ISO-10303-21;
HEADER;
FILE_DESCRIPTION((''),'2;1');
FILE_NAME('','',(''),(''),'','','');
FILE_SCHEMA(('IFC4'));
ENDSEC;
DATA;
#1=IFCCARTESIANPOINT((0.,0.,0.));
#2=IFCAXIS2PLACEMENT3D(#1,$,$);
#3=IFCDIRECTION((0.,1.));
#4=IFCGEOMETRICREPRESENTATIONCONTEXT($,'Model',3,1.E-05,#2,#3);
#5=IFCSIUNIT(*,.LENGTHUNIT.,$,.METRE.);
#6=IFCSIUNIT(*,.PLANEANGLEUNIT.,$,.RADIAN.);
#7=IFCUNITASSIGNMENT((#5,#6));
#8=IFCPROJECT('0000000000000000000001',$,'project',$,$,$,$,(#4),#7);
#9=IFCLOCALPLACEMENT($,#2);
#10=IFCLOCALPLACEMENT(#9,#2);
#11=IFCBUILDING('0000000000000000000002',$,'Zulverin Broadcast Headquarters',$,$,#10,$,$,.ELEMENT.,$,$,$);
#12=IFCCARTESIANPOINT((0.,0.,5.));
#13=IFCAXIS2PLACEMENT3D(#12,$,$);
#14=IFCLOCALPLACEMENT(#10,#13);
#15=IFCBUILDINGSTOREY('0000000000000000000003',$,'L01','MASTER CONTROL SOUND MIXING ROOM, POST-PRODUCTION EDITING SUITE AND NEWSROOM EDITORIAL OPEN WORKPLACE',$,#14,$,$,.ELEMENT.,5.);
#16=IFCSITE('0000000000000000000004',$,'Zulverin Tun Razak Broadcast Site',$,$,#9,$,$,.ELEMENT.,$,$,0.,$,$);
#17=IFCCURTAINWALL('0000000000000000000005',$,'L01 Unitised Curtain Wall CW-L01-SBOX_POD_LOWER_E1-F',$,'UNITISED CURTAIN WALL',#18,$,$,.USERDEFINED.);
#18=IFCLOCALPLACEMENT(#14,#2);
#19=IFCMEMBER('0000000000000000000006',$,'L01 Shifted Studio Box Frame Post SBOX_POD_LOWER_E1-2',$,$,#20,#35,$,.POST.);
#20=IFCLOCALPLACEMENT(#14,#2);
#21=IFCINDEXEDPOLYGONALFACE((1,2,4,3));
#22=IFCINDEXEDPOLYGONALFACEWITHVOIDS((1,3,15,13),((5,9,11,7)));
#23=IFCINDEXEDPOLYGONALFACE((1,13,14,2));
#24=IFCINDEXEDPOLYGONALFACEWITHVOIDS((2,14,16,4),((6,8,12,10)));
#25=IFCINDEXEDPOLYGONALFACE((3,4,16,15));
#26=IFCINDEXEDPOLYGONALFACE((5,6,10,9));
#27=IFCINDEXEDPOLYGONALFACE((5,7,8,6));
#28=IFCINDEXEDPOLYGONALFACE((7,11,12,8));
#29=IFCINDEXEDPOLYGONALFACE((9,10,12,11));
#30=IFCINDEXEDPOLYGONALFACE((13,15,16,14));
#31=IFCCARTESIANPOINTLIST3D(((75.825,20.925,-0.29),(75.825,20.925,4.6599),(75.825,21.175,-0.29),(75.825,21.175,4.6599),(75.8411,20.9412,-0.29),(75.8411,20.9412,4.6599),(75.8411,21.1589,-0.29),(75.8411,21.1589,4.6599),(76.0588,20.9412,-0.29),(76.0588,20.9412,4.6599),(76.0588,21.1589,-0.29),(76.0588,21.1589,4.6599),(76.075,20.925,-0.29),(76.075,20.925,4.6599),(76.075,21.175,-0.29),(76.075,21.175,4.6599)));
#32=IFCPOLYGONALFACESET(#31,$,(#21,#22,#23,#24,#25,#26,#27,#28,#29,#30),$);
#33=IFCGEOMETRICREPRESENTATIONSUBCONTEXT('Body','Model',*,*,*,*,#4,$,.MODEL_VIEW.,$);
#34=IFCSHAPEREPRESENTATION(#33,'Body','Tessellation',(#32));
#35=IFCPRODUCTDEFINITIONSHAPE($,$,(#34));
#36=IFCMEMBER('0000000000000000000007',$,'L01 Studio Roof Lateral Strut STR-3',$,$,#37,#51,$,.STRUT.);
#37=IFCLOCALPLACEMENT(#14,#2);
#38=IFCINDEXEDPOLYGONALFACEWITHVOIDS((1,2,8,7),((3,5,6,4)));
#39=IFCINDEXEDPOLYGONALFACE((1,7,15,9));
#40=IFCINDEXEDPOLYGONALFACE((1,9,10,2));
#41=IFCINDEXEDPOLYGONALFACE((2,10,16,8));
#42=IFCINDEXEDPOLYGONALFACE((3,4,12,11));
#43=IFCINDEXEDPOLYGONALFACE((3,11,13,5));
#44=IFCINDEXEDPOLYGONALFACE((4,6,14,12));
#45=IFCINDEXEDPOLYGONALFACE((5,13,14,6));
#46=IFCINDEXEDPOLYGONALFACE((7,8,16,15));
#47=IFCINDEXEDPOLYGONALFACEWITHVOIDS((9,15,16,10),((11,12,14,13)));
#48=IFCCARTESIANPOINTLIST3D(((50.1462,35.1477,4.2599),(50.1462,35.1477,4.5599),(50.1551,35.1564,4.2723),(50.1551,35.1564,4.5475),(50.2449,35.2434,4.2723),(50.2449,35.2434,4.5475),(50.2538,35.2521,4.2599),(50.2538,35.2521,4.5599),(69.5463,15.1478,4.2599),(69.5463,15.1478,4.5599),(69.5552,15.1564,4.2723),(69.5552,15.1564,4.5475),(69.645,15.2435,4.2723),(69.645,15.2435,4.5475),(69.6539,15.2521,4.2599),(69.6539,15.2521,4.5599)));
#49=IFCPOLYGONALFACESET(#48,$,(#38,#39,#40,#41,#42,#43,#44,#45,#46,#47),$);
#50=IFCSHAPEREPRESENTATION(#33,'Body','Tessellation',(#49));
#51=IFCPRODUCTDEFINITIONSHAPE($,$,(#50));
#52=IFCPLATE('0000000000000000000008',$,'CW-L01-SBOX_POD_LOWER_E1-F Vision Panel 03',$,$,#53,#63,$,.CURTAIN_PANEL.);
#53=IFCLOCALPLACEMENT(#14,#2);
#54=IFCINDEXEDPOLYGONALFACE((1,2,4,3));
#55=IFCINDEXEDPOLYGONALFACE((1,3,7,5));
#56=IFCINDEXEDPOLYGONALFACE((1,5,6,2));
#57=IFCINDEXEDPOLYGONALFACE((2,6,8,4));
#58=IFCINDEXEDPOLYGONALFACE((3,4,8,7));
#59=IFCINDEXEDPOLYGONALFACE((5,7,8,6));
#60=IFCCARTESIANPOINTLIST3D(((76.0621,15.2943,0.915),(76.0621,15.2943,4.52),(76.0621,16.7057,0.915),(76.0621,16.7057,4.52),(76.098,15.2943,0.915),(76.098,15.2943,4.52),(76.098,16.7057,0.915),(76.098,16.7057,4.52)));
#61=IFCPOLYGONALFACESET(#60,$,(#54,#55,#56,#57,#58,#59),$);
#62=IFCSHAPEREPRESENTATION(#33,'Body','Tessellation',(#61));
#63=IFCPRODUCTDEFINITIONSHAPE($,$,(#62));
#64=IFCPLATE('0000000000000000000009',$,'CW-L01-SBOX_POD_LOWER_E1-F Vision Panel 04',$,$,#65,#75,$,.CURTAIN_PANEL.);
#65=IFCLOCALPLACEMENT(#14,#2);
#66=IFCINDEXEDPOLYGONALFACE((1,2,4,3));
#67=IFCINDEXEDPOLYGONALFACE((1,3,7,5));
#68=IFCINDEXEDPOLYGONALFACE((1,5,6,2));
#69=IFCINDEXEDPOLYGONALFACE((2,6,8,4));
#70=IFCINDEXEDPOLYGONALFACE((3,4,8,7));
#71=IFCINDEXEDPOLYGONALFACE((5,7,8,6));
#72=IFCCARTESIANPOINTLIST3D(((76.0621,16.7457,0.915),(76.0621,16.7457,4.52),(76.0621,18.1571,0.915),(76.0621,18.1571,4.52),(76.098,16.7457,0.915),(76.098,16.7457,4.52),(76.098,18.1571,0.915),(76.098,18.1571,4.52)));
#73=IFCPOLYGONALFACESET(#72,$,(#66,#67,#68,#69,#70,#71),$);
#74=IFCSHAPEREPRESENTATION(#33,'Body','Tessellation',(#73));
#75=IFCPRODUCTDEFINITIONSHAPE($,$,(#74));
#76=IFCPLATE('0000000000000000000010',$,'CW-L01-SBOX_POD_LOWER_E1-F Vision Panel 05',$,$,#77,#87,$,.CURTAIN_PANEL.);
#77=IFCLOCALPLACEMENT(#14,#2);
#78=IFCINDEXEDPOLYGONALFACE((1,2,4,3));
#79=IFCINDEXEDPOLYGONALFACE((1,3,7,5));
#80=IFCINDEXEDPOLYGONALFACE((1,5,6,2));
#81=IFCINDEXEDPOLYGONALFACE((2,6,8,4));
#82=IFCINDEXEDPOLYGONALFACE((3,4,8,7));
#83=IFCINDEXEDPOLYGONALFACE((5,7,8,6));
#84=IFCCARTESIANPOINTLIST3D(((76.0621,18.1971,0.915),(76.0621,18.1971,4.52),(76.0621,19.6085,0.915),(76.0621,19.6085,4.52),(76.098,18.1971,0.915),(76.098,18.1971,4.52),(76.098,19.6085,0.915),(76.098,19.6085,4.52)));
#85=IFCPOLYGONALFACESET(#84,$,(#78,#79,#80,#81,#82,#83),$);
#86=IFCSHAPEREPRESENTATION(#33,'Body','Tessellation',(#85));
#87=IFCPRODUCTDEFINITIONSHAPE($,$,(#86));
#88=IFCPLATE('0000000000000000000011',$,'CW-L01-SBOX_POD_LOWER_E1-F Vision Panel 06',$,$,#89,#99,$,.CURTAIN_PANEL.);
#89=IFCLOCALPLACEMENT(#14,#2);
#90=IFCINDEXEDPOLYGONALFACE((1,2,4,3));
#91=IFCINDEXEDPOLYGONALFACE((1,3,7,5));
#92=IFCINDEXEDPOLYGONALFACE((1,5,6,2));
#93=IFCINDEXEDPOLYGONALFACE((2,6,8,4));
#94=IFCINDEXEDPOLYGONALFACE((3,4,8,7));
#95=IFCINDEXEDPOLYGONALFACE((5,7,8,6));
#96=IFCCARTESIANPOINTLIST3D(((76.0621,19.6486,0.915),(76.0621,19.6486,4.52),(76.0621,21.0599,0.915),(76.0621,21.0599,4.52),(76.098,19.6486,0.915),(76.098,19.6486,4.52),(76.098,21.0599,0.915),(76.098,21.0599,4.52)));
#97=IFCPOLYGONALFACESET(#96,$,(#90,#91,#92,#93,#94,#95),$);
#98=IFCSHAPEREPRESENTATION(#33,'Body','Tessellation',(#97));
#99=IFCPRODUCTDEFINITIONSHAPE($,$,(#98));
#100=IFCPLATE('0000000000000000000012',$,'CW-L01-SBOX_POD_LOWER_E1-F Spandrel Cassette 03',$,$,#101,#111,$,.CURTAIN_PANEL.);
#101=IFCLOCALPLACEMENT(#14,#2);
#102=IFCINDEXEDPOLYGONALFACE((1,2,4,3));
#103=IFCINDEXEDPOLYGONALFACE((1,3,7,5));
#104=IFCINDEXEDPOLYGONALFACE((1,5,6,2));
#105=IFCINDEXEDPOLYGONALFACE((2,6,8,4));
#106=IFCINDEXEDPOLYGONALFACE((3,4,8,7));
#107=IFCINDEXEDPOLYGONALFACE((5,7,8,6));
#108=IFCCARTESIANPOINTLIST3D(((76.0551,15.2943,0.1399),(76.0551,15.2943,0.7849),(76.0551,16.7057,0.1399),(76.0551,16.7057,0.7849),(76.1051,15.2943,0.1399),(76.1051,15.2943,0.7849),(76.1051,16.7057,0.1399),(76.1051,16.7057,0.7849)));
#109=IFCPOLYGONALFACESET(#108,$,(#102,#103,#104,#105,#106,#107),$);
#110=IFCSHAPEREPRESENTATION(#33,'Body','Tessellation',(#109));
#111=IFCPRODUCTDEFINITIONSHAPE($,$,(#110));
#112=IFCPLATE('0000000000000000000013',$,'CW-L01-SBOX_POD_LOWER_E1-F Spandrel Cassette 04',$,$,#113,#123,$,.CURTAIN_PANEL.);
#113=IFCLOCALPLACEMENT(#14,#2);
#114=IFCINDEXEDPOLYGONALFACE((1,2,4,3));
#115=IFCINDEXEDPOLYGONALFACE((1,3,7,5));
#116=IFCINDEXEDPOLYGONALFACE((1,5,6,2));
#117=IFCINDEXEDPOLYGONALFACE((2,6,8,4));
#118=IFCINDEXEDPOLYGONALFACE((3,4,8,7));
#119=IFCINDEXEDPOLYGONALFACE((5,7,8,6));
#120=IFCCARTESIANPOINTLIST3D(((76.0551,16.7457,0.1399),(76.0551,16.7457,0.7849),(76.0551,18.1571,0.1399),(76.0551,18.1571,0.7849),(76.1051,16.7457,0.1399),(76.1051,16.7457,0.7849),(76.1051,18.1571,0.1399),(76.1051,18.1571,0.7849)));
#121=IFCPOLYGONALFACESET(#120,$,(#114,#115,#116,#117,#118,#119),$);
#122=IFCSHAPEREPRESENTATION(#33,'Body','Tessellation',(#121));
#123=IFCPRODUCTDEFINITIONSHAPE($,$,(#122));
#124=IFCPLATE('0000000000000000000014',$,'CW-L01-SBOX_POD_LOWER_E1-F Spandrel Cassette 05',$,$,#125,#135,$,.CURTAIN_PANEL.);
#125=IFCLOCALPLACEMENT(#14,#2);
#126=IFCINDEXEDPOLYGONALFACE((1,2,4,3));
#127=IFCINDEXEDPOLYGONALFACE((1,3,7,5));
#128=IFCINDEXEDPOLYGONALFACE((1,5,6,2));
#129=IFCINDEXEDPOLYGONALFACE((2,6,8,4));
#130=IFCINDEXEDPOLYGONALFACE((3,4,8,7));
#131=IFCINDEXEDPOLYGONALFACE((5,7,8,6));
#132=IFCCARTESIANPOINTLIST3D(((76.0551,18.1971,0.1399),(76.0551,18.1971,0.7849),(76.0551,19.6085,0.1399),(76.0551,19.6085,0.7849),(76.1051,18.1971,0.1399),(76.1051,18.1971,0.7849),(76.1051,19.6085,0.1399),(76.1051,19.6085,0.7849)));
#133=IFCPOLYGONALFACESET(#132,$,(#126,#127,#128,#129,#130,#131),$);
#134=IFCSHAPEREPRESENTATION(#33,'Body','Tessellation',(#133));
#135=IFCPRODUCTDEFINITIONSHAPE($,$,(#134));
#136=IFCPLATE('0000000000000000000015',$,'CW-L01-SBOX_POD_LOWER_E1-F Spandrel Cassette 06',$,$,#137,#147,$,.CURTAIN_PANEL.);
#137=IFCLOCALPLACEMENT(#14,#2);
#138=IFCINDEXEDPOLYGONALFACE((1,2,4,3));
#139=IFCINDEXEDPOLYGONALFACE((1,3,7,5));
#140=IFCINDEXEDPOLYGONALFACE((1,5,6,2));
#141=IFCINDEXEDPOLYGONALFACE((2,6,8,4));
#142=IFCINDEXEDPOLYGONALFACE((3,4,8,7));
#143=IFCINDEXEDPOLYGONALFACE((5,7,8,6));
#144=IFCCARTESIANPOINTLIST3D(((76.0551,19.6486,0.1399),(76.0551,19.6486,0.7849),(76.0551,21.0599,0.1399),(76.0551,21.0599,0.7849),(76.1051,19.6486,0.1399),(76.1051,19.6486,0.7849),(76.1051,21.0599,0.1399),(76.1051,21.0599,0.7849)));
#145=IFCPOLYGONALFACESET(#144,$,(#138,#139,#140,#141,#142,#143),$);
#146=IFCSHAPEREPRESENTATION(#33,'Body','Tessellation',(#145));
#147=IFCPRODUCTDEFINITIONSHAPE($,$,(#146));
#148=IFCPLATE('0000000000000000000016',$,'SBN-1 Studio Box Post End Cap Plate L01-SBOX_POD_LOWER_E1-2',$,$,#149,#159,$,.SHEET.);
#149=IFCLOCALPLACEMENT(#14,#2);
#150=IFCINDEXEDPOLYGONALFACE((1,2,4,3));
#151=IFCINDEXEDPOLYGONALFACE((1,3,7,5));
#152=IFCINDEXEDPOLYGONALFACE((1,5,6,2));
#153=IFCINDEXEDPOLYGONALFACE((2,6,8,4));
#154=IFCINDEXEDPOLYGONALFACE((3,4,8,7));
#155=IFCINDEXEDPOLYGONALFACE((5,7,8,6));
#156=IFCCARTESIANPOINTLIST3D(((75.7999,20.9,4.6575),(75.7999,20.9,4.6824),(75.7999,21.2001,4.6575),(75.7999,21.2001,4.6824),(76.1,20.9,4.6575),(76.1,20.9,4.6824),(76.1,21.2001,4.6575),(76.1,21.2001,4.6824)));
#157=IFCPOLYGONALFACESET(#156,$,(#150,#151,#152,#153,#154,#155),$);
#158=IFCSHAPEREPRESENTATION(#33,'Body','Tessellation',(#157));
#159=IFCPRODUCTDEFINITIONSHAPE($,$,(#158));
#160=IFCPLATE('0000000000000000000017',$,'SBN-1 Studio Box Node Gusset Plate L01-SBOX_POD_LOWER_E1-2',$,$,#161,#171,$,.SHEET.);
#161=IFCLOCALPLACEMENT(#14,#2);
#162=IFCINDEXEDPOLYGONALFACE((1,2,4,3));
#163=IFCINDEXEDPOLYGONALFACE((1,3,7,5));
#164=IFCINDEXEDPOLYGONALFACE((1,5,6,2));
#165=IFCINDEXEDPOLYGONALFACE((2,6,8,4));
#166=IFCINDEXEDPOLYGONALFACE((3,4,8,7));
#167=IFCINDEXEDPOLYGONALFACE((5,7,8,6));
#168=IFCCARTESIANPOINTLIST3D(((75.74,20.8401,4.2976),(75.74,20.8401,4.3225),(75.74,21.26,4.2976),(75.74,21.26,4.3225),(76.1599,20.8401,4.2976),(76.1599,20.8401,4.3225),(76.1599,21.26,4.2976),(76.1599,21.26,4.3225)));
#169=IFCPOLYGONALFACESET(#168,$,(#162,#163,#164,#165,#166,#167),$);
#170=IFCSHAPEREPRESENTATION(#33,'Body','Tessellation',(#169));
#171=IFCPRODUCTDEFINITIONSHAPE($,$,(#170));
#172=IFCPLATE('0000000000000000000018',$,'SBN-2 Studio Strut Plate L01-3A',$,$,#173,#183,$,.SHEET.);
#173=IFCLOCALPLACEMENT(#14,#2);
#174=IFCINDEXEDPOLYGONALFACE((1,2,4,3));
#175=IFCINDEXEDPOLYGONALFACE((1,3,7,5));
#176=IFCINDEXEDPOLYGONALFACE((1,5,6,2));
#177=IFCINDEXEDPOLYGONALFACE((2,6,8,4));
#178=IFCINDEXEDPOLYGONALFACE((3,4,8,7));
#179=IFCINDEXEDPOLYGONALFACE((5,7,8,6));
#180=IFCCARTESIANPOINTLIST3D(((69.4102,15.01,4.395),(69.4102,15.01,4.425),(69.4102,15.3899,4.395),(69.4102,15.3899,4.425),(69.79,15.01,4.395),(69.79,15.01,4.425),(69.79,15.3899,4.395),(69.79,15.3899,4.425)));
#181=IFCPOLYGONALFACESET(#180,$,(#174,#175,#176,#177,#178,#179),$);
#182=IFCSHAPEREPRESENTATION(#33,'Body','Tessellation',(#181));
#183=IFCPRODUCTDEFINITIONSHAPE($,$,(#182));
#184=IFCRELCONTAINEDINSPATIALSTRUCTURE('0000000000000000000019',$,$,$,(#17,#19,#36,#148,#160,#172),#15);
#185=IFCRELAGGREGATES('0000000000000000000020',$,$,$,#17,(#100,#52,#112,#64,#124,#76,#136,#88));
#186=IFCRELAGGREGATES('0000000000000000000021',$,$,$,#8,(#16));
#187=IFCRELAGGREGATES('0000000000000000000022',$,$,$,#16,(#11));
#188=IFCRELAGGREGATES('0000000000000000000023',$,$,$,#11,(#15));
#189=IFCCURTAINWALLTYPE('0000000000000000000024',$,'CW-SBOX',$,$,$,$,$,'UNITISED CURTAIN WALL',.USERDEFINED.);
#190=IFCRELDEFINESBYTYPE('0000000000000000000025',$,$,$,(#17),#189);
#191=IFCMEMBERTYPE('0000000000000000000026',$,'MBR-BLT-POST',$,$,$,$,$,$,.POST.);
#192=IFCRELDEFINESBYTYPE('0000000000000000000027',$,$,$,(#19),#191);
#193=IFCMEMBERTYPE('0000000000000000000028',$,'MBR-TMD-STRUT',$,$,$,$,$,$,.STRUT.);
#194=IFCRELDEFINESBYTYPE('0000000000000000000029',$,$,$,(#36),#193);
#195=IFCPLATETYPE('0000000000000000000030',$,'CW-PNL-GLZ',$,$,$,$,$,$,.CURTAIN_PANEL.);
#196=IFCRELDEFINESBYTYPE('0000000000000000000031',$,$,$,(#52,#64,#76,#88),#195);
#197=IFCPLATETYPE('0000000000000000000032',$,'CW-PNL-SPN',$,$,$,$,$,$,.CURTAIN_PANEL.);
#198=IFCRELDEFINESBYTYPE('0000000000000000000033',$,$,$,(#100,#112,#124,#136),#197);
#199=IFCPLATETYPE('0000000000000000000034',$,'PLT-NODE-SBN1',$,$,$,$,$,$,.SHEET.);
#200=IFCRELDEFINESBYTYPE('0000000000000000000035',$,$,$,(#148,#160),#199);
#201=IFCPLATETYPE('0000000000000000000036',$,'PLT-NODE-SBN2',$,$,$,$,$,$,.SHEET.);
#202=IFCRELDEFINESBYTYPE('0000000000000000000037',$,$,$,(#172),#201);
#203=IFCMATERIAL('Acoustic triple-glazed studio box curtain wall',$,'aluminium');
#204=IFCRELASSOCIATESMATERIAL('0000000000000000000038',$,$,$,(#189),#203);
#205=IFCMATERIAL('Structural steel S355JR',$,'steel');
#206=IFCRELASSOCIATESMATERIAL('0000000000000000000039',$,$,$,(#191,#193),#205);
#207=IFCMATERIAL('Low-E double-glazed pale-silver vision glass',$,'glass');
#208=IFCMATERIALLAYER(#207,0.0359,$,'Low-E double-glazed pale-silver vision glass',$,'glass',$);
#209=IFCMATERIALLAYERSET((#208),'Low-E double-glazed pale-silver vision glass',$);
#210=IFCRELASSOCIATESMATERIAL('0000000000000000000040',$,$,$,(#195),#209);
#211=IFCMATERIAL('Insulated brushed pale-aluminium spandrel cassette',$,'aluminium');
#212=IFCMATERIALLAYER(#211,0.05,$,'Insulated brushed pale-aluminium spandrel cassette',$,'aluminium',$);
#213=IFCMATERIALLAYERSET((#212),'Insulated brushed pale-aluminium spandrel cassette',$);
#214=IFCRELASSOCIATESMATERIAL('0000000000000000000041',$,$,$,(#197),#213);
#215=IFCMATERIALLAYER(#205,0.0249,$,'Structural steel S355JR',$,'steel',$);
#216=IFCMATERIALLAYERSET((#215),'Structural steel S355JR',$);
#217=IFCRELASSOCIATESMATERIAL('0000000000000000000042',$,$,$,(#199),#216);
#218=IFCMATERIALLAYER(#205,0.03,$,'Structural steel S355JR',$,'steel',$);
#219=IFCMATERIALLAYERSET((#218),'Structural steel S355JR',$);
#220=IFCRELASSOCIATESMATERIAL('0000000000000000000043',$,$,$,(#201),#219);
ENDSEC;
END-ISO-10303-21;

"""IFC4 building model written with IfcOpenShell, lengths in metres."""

from ifc_helpers import new_model, si_unit, direction, frame, origin, origin_2d, place, context, subcontext, project, spatial, rectangle, hollow_rectangle, extrude, material, layer, layer_set, material_profile, profile_set, type_object, element, aggregate, save


model = new_model("IFC4")

# Units and contexts
model_context = context("Model", 3, precision=1e-05, world=origin(), true_north=direction((0.0, 1.0)))
body_context = subcontext(model_context, "Body", "Model", "MODEL_VIEW")
ifc_project = project(units=[si_unit("LENGTHUNIT", "METRE"), si_unit("PLANEANGLEUNIT", "RADIAN")], contexts=[model_context])

# Site, building, storey
site_placement = place(None, origin())
site = spatial("IfcSite", under=ifc_project, at=site_placement, Name="Zulverin Tun Razak Broadcast Site", CompositionType="ELEMENT", RefElevation=0.0)
building_placement = place(site_placement, origin())
building = spatial("IfcBuilding", under=site, at=building_placement, Name="Zulverin Broadcast Headquarters", CompositionType="ELEMENT")
storey_placement = place(building_placement, frame((0.0, 0.0, 5.0)))
storey = spatial("IfcBuildingStorey", under=building, at=storey_placement, Name="L01", Description="MASTER CONTROL SOUND MIXING ROOM, POST-PRODUCTION EDITING SUITE AND NEWSROOM EDITORIAL OPEN WORKPLACE", CompositionType="ELEMENT", Elevation=5.0)

# Shared definitions
ifc_material_1 = material(Name="Structural steel S355JR", Category="steel")

# Curtain wall
ifc_material_2 = material(Name="Acoustic triple-glazed studio box curtain wall", Category="aluminium")
curtain_wall_type = type_object("IfcCurtainWallType", Name="CW-SBOX", ElementType="UNITISED CURTAIN WALL", PredefinedType="USERDEFINED", material=ifc_material_2)
curtain_wall_placement = place(storey_placement, origin())
curtain_wall = element("IfcCurtainWall", 1, at=curtain_wall_placement, inside=storey, type_object=curtain_wall_type, Name="L01 Unitised Curtain Wall CW-L01-SBOX_POD_LOWER_E1-F", ObjectType="UNITISED CURTAIN WALL", PredefinedType="USERDEFINED")

# Members
ifc_material_profile_1 = material_profile(ifc_material_1, hollow_rectangle(XDim=0.25, YDim=0.25, WallThickness=0.0161, at=origin_2d()), Name="Structural steel S355JR", Category="steel")
ifc_profile_set_1 = profile_set([ifc_material_profile_1], Name="Structural steel S355JR")
member_type_1 = type_object("IfcMemberType", Name="MBR-BLT-POST", PredefinedType="POST", material=ifc_profile_set_1)
member_1_placement = place(storey_placement, frame((75.95, 21.05, -0.29), z_axis=(0.0, 0.0, 1.0), x_axis=(1.0, 0.0, 0.0)))
element("IfcMember", 2, at=member_1_placement, inside=storey, type_object=member_type_1, Name="L01 Shifted Studio Box Frame Post SBOX_POD_LOWER_E1-2", PredefinedType="POST", context=body_context, shape_type="SweptSolid", body=[
    extrude(hollow_rectangle(XDim=0.25, YDim=0.25, WallThickness=0.0161, at=origin_2d()), origin(), (0.0, 0.0, 1.0), 4.95),
])
ifc_material_profile_2 = material_profile(ifc_material_1, hollow_rectangle(XDim=0.1499, YDim=0.3, WallThickness=0.0125, at=origin_2d()), Name="Structural steel S355JR", Category="steel")
ifc_profile_set_2 = profile_set([ifc_material_profile_2], Name="Structural steel S355JR")
member_type_2 = type_object("IfcMemberType", Name="MBR-TMD-STRUT", PredefinedType="STRUT", material=ifc_profile_set_2)
member_2_placement = place(storey_placement, frame((69.6001, 15.2, 4.4099), z_axis=(-0.696261, 0.717789, 0.0), x_axis=(-0.717789, -0.696261, 0.0)))
element("IfcMember", 3, at=member_2_placement, inside=storey, type_object=member_type_2, Name="L01 Studio Roof Lateral Strut STR-3", PredefinedType="STRUT", context=body_context, shape_type="SweptSolid", body=[
    extrude(hollow_rectangle(XDim=0.1499, YDim=0.3, WallThickness=0.0125, at=origin_2d()), origin(), (0.0, 0.0, 1.0), 27.8633),
])

# Plates
ifc_material_3 = material(Name="Low-E double-glazed pale-silver vision glass", Category="glass")
ifc_layer_1 = layer(ifc_material_3, 0.0359, Name="Low-E double-glazed pale-silver vision glass", Category="glass")
ifc_layer_set_1 = layer_set([ifc_layer_1], Name="Low-E double-glazed pale-silver vision glass")
plate_type_1 = type_object("IfcPlateType", Name="CW-PNL-GLZ", PredefinedType="CURTAIN_PANEL", material=ifc_layer_set_1)
plate_1_placement = place(storey_placement, frame((76.0801, 16.0, 0.915), z_axis=(0.0, 0.0, 1.0), x_axis=(0.0, 1.0, 0.0)))
plate_1 = element("IfcPlate", 4, at=plate_1_placement, type_object=plate_type_1, Name="CW-L01-SBOX_POD_LOWER_E1-F Vision Panel 03", PredefinedType="CURTAIN_PANEL", context=body_context, shape_type="SweptSolid", body=[
    extrude(rectangle(XDim=1.4114, YDim=0.0359, at=origin_2d()), origin(), (0.0, 0.0, 1.0), 3.605),
])
plate_2_placement = place(storey_placement, frame((76.0801, 17.4514, 0.915), z_axis=(0.0, 0.0, 1.0), x_axis=(0.0, 1.0, 0.0)))
plate_2 = element("IfcPlate", 5, at=plate_2_placement, type_object=plate_type_1, Name="CW-L01-SBOX_POD_LOWER_E1-F Vision Panel 04", PredefinedType="CURTAIN_PANEL", context=body_context, shape_type="SweptSolid", body=[
    extrude(rectangle(XDim=1.4114, YDim=0.0359, at=origin_2d()), origin(), (0.0, 0.0, 1.0), 3.605),
])
plate_3_placement = place(storey_placement, frame((76.0801, 18.9028, 0.915), z_axis=(0.0, 0.0, 1.0), x_axis=(0.0, 1.0, 0.0)))
plate_3 = element("IfcPlate", 6, at=plate_3_placement, type_object=plate_type_1, Name="CW-L01-SBOX_POD_LOWER_E1-F Vision Panel 05", PredefinedType="CURTAIN_PANEL", context=body_context, shape_type="SweptSolid", body=[
    extrude(rectangle(XDim=1.4114, YDim=0.0359, at=origin_2d()), origin(), (0.0, 0.0, 1.0), 3.605),
])
plate_4_placement = place(storey_placement, frame((76.0801, 20.3542, 0.915), z_axis=(0.0, 0.0, 1.0), x_axis=(0.0, 1.0, 0.0)))
plate_4 = element("IfcPlate", 7, at=plate_4_placement, type_object=plate_type_1, Name="CW-L01-SBOX_POD_LOWER_E1-F Vision Panel 06", PredefinedType="CURTAIN_PANEL", context=body_context, shape_type="SweptSolid", body=[
    extrude(rectangle(XDim=1.4114, YDim=0.0359, at=origin_2d()), origin(), (0.0, 0.0, 1.0), 3.605),
])
ifc_material_4 = material(Name="Insulated brushed pale-aluminium spandrel cassette", Category="aluminium")
ifc_layer_2 = layer(ifc_material_4, 0.05, Name="Insulated brushed pale-aluminium spandrel cassette", Category="aluminium")
ifc_layer_set_2 = layer_set([ifc_layer_2], Name="Insulated brushed pale-aluminium spandrel cassette")
plate_type_2 = type_object("IfcPlateType", Name="CW-PNL-SPN", PredefinedType="CURTAIN_PANEL", material=ifc_layer_set_2)
plate_5_placement = place(storey_placement, frame((76.0801, 16.0, 0.1399), z_axis=(0.0, 0.0, 1.0), x_axis=(0.0, 1.0, 0.0)))
plate_5 = element("IfcPlate", 8, at=plate_5_placement, type_object=plate_type_2, Name="CW-L01-SBOX_POD_LOWER_E1-F Spandrel Cassette 03", PredefinedType="CURTAIN_PANEL", context=body_context, shape_type="SweptSolid", body=[
    extrude(rectangle(XDim=1.4114, YDim=0.05, at=origin_2d()), origin(), (0.0, 0.0, 1.0), 0.645),
])
plate_6_placement = place(storey_placement, frame((76.0801, 17.4514, 0.1399), z_axis=(0.0, 0.0, 1.0), x_axis=(0.0, 1.0, 0.0)))
plate_6 = element("IfcPlate", 9, at=plate_6_placement, type_object=plate_type_2, Name="CW-L01-SBOX_POD_LOWER_E1-F Spandrel Cassette 04", PredefinedType="CURTAIN_PANEL", context=body_context, shape_type="SweptSolid", body=[
    extrude(rectangle(XDim=1.4114, YDim=0.05, at=origin_2d()), origin(), (0.0, 0.0, 1.0), 0.645),
])
plate_7_placement = place(storey_placement, frame((76.0801, 18.9028, 0.1399), z_axis=(0.0, 0.0, 1.0), x_axis=(0.0, 1.0, 0.0)))
plate_7 = element("IfcPlate", 10, at=plate_7_placement, type_object=plate_type_2, Name="CW-L01-SBOX_POD_LOWER_E1-F Spandrel Cassette 05", PredefinedType="CURTAIN_PANEL", context=body_context, shape_type="SweptSolid", body=[
    extrude(rectangle(XDim=1.4114, YDim=0.05, at=origin_2d()), origin(), (0.0, 0.0, 1.0), 0.645),
])
plate_8_placement = place(storey_placement, frame((76.0801, 20.3542, 0.1399), z_axis=(0.0, 0.0, 1.0), x_axis=(0.0, 1.0, 0.0)))
plate_8 = element("IfcPlate", 11, at=plate_8_placement, type_object=plate_type_2, Name="CW-L01-SBOX_POD_LOWER_E1-F Spandrel Cassette 06", PredefinedType="CURTAIN_PANEL", context=body_context, shape_type="SweptSolid", body=[
    extrude(rectangle(XDim=1.4114, YDim=0.05, at=origin_2d()), origin(), (0.0, 0.0, 1.0), 0.645),
])
aggregate(curtain_wall, [plate_5, plate_1, plate_6, plate_2, plate_7, plate_3, plate_8, plate_4])

# Plates
ifc_layer_3 = layer(ifc_material_1, 0.0249, Name="Structural steel S355JR", Category="steel")
ifc_layer_set_3 = layer_set([ifc_layer_3], Name="Structural steel S355JR")
plate_type_3 = type_object("IfcPlateType", Name="PLT-NODE-SBN1", PredefinedType="SHEET", material=ifc_layer_set_3)
plate_9_placement = place(storey_placement, frame((75.95, 21.05, 4.6575), z_axis=(0.0, 0.0, 1.0), x_axis=(1.0, 0.0, 0.0)))
element("IfcPlate", 12, at=plate_9_placement, inside=storey, type_object=plate_type_3, Name="SBN-1 Studio Box Post End Cap Plate L01-SBOX_POD_LOWER_E1-2", PredefinedType="SHEET", context=body_context, shape_type="SweptSolid", body=[
    extrude(rectangle(XDim=0.3, YDim=0.3, at=origin_2d()), origin(), (0.0, 0.0, 1.0), 0.0249),
])
plate_10_placement = place(storey_placement, frame((75.95, 21.05, 4.2976), z_axis=(0.0, 0.0, 1.0), x_axis=(1.0, 0.0, 0.0)))
element("IfcPlate", 13, at=plate_10_placement, inside=storey, type_object=plate_type_3, Name="SBN-1 Studio Box Node Gusset Plate L01-SBOX_POD_LOWER_E1-2", PredefinedType="SHEET", context=body_context, shape_type="SweptSolid", body=[
    extrude(rectangle(XDim=0.4199, YDim=0.4199, at=origin_2d()), origin(), (0.0, 0.0, 1.0), 0.0249),
])
ifc_layer_4 = layer(ifc_material_1, 0.03, Name="Structural steel S355JR", Category="steel")
ifc_layer_set_4 = layer_set([ifc_layer_4], Name="Structural steel S355JR")
plate_type_4 = type_object("IfcPlateType", Name="PLT-NODE-SBN2", PredefinedType="SHEET", material=ifc_layer_set_4)
plate_11_placement = place(storey_placement, frame((69.6001, 15.2, 4.395), z_axis=(0.0, 0.0, 1.0), x_axis=(1.0, 0.0, 0.0)))
element("IfcPlate", 14, at=plate_11_placement, inside=storey, type_object=plate_type_4, Name="SBN-2 Studio Strut Plate L01-3A", PredefinedType="SHEET", context=body_context, shape_type="SweptSolid", body=[
    extrude(rectangle(XDim=0.3799, YDim=0.3799, at=origin_2d()), origin(), (0.0, 0.0, 1.0), 0.03),
])

save(model, "model.ifc")
